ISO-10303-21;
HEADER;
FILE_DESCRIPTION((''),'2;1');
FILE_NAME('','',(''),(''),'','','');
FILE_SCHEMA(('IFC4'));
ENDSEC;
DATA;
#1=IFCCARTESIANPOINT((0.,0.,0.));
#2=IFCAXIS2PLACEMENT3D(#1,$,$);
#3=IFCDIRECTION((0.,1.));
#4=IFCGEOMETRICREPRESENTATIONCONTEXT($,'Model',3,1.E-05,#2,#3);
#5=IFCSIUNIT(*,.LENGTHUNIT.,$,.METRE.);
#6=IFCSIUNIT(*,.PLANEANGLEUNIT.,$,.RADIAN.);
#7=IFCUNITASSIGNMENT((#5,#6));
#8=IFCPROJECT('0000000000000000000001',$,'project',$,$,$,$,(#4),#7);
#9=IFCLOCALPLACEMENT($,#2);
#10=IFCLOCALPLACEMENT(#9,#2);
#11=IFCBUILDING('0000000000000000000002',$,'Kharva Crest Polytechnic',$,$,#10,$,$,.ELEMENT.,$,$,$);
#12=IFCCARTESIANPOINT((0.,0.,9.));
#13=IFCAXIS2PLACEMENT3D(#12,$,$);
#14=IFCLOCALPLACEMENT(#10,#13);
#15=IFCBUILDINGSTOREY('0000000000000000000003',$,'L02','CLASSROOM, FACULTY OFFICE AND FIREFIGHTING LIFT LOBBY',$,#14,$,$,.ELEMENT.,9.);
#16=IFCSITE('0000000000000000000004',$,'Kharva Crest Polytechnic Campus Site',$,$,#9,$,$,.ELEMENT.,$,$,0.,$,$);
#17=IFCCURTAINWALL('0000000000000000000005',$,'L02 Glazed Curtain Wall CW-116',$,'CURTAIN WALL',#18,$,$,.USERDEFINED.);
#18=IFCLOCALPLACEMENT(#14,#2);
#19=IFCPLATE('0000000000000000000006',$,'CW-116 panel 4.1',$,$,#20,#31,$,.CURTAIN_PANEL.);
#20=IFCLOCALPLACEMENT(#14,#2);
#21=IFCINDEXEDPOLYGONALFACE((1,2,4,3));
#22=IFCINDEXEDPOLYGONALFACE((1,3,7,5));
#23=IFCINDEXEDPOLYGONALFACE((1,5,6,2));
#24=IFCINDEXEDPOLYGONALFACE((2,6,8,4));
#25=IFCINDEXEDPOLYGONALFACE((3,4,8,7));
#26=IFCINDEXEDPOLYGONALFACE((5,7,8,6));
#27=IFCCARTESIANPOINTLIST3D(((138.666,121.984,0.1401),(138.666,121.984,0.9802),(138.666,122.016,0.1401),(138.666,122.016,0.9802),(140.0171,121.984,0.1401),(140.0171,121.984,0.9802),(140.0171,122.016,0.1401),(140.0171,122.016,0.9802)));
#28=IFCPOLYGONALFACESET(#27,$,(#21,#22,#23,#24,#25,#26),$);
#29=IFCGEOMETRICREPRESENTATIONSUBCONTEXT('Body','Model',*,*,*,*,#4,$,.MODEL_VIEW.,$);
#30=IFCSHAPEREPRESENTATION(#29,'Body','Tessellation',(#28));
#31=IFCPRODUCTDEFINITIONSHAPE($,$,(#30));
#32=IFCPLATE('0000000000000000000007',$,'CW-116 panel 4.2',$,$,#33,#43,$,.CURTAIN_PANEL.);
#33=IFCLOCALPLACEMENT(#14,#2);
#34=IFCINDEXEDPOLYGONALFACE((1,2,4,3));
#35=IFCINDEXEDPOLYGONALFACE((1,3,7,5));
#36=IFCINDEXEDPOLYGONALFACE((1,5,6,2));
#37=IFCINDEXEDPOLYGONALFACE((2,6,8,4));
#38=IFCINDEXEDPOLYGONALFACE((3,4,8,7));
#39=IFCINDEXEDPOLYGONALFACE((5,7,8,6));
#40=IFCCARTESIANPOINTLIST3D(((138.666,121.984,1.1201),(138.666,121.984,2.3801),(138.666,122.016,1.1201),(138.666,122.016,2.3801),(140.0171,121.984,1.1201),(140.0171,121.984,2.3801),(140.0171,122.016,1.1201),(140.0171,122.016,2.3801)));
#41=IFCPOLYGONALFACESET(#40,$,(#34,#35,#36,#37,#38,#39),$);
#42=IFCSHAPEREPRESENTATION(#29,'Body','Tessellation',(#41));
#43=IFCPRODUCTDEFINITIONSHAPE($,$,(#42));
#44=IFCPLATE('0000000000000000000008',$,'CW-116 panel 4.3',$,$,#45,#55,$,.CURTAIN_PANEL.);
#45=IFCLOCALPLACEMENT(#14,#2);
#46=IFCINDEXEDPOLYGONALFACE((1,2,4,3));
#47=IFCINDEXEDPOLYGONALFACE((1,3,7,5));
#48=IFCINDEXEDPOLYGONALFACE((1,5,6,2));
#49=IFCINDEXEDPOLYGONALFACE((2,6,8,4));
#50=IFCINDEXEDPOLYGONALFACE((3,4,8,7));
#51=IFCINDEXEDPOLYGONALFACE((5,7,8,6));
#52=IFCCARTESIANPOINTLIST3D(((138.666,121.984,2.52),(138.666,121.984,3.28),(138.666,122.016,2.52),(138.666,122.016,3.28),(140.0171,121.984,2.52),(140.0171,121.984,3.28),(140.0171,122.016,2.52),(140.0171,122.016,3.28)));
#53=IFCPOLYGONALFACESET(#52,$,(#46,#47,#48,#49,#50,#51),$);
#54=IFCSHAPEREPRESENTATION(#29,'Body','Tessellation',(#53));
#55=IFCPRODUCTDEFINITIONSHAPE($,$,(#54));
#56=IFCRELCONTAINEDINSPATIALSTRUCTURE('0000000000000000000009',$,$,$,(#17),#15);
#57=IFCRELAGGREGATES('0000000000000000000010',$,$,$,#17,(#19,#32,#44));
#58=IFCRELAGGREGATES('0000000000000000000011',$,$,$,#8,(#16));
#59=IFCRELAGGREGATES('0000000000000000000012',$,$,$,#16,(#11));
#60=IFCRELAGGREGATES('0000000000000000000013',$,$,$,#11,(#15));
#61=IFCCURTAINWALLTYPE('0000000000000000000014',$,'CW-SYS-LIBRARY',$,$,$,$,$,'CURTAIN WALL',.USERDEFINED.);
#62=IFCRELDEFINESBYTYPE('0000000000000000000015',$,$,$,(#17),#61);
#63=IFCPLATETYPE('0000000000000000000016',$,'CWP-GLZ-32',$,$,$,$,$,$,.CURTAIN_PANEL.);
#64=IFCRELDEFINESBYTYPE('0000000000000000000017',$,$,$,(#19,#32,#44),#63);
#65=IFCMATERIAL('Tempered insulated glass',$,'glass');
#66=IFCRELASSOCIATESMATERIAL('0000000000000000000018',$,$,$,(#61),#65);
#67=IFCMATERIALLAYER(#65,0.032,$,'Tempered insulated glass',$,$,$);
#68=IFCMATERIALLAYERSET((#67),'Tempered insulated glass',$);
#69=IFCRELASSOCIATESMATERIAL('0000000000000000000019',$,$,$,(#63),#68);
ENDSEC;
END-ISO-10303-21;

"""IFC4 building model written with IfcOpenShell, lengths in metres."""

from ifc_helpers import new_model, si_unit, direction, frame, origin, origin_2d, place, context, subcontext, project, spatial, rectangle, extrude, material, layer, layer_set, type_object, element, aggregate, save


model = new_model("IFC4")

# Units and contexts
model_context = context("Model", 3, precision=1e-05, world=origin(), true_north=direction((0.0, 1.0)))
body_context = subcontext(model_context, "Body", "Model", "MODEL_VIEW")
ifc_project = project(units=[si_unit("LENGTHUNIT", "METRE"), si_unit("PLANEANGLEUNIT", "RADIAN")], contexts=[model_context])

# Site, building, storey
site_placement = place(None, origin())
site = spatial("IfcSite", under=ifc_project, at=site_placement, Name="Kharva Crest Polytechnic Campus Site", CompositionType="ELEMENT", RefElevation=0.0)
building_placement = place(site_placement, origin())
building = spatial("IfcBuilding", under=site, at=building_placement, Name="Kharva Crest Polytechnic", CompositionType="ELEMENT")
storey_placement = place(building_placement, frame((0.0, 0.0, 9.0)))
storey = spatial("IfcBuildingStorey", under=building, at=storey_placement, Name="L02", Description="CLASSROOM, FACULTY OFFICE AND FIREFIGHTING LIFT LOBBY", CompositionType="ELEMENT", Elevation=9.0)

# Curtain wall, plates
ifc_material_1 = material(Name="Tempered insulated glass", Category="glass")
curtain_wall_type = type_object("IfcCurtainWallType", Name="CW-SYS-LIBRARY", ElementType="CURTAIN WALL", PredefinedType="USERDEFINED", material=ifc_material_1)
curtain_wall_placement = place(storey_placement, origin())
curtain_wall = element("IfcCurtainWall", 1, at=curtain_wall_placement, inside=storey, type_object=curtain_wall_type, Name="L02 Glazed Curtain Wall CW-116", ObjectType="CURTAIN WALL", PredefinedType="USERDEFINED")
ifc_layer = layer(ifc_material_1, 0.032, Name="Tempered insulated glass")
ifc_layer_set = layer_set([ifc_layer], Name="Tempered insulated glass")
plate_type = type_object("IfcPlateType", Name="CWP-GLZ-32", PredefinedType="CURTAIN_PANEL", material=ifc_layer_set)
plate_1_placement = place(storey_placement, frame((139.3416, 122.0, 0.1401), z_axis=(0.0, 0.0, 1.0), x_axis=(-1.0, 0.0, 0.0)))
plate_1 = element("IfcPlate", 2, at=plate_1_placement, type_object=plate_type, Name="CW-116 panel 4.1", PredefinedType="CURTAIN_PANEL", context=body_context, shape_type="SweptSolid", body=[
    extrude(rectangle(XDim=1.3511, YDim=0.032, at=origin_2d()), origin(), (0.0, 0.0, 1.0), 0.8401),
])
plate_2_placement = place(storey_placement, frame((139.3416, 122.0, 1.1201), z_axis=(0.0, 0.0, 1.0), x_axis=(-1.0, 0.0, 0.0)))
plate_2 = element("IfcPlate", 3, at=plate_2_placement, type_object=plate_type, Name="CW-116 panel 4.2", PredefinedType="CURTAIN_PANEL", context=body_context, shape_type="SweptSolid", body=[
    extrude(rectangle(XDim=1.3511, YDim=0.032, at=origin_2d()), origin(), (0.0, 0.0, 1.0), 1.26),
])
plate_3_placement = place(storey_placement, frame((139.3416, 122.0, 2.52), z_axis=(0.0, 0.0, 1.0), x_axis=(-1.0, 0.0, 0.0)))
plate_3 = element("IfcPlate", 4, at=plate_3_placement, type_object=plate_type, Name="CW-116 panel 4.3", PredefinedType="CURTAIN_PANEL", context=body_context, shape_type="SweptSolid", body=[
    extrude(rectangle(XDim=1.3511, YDim=0.032, at=origin_2d()), origin(), (0.0, 0.0, 1.0), 0.76),
])
aggregate(curtain_wall, [plate_1, plate_2, plate_3])

save(model, "model.ifc")
